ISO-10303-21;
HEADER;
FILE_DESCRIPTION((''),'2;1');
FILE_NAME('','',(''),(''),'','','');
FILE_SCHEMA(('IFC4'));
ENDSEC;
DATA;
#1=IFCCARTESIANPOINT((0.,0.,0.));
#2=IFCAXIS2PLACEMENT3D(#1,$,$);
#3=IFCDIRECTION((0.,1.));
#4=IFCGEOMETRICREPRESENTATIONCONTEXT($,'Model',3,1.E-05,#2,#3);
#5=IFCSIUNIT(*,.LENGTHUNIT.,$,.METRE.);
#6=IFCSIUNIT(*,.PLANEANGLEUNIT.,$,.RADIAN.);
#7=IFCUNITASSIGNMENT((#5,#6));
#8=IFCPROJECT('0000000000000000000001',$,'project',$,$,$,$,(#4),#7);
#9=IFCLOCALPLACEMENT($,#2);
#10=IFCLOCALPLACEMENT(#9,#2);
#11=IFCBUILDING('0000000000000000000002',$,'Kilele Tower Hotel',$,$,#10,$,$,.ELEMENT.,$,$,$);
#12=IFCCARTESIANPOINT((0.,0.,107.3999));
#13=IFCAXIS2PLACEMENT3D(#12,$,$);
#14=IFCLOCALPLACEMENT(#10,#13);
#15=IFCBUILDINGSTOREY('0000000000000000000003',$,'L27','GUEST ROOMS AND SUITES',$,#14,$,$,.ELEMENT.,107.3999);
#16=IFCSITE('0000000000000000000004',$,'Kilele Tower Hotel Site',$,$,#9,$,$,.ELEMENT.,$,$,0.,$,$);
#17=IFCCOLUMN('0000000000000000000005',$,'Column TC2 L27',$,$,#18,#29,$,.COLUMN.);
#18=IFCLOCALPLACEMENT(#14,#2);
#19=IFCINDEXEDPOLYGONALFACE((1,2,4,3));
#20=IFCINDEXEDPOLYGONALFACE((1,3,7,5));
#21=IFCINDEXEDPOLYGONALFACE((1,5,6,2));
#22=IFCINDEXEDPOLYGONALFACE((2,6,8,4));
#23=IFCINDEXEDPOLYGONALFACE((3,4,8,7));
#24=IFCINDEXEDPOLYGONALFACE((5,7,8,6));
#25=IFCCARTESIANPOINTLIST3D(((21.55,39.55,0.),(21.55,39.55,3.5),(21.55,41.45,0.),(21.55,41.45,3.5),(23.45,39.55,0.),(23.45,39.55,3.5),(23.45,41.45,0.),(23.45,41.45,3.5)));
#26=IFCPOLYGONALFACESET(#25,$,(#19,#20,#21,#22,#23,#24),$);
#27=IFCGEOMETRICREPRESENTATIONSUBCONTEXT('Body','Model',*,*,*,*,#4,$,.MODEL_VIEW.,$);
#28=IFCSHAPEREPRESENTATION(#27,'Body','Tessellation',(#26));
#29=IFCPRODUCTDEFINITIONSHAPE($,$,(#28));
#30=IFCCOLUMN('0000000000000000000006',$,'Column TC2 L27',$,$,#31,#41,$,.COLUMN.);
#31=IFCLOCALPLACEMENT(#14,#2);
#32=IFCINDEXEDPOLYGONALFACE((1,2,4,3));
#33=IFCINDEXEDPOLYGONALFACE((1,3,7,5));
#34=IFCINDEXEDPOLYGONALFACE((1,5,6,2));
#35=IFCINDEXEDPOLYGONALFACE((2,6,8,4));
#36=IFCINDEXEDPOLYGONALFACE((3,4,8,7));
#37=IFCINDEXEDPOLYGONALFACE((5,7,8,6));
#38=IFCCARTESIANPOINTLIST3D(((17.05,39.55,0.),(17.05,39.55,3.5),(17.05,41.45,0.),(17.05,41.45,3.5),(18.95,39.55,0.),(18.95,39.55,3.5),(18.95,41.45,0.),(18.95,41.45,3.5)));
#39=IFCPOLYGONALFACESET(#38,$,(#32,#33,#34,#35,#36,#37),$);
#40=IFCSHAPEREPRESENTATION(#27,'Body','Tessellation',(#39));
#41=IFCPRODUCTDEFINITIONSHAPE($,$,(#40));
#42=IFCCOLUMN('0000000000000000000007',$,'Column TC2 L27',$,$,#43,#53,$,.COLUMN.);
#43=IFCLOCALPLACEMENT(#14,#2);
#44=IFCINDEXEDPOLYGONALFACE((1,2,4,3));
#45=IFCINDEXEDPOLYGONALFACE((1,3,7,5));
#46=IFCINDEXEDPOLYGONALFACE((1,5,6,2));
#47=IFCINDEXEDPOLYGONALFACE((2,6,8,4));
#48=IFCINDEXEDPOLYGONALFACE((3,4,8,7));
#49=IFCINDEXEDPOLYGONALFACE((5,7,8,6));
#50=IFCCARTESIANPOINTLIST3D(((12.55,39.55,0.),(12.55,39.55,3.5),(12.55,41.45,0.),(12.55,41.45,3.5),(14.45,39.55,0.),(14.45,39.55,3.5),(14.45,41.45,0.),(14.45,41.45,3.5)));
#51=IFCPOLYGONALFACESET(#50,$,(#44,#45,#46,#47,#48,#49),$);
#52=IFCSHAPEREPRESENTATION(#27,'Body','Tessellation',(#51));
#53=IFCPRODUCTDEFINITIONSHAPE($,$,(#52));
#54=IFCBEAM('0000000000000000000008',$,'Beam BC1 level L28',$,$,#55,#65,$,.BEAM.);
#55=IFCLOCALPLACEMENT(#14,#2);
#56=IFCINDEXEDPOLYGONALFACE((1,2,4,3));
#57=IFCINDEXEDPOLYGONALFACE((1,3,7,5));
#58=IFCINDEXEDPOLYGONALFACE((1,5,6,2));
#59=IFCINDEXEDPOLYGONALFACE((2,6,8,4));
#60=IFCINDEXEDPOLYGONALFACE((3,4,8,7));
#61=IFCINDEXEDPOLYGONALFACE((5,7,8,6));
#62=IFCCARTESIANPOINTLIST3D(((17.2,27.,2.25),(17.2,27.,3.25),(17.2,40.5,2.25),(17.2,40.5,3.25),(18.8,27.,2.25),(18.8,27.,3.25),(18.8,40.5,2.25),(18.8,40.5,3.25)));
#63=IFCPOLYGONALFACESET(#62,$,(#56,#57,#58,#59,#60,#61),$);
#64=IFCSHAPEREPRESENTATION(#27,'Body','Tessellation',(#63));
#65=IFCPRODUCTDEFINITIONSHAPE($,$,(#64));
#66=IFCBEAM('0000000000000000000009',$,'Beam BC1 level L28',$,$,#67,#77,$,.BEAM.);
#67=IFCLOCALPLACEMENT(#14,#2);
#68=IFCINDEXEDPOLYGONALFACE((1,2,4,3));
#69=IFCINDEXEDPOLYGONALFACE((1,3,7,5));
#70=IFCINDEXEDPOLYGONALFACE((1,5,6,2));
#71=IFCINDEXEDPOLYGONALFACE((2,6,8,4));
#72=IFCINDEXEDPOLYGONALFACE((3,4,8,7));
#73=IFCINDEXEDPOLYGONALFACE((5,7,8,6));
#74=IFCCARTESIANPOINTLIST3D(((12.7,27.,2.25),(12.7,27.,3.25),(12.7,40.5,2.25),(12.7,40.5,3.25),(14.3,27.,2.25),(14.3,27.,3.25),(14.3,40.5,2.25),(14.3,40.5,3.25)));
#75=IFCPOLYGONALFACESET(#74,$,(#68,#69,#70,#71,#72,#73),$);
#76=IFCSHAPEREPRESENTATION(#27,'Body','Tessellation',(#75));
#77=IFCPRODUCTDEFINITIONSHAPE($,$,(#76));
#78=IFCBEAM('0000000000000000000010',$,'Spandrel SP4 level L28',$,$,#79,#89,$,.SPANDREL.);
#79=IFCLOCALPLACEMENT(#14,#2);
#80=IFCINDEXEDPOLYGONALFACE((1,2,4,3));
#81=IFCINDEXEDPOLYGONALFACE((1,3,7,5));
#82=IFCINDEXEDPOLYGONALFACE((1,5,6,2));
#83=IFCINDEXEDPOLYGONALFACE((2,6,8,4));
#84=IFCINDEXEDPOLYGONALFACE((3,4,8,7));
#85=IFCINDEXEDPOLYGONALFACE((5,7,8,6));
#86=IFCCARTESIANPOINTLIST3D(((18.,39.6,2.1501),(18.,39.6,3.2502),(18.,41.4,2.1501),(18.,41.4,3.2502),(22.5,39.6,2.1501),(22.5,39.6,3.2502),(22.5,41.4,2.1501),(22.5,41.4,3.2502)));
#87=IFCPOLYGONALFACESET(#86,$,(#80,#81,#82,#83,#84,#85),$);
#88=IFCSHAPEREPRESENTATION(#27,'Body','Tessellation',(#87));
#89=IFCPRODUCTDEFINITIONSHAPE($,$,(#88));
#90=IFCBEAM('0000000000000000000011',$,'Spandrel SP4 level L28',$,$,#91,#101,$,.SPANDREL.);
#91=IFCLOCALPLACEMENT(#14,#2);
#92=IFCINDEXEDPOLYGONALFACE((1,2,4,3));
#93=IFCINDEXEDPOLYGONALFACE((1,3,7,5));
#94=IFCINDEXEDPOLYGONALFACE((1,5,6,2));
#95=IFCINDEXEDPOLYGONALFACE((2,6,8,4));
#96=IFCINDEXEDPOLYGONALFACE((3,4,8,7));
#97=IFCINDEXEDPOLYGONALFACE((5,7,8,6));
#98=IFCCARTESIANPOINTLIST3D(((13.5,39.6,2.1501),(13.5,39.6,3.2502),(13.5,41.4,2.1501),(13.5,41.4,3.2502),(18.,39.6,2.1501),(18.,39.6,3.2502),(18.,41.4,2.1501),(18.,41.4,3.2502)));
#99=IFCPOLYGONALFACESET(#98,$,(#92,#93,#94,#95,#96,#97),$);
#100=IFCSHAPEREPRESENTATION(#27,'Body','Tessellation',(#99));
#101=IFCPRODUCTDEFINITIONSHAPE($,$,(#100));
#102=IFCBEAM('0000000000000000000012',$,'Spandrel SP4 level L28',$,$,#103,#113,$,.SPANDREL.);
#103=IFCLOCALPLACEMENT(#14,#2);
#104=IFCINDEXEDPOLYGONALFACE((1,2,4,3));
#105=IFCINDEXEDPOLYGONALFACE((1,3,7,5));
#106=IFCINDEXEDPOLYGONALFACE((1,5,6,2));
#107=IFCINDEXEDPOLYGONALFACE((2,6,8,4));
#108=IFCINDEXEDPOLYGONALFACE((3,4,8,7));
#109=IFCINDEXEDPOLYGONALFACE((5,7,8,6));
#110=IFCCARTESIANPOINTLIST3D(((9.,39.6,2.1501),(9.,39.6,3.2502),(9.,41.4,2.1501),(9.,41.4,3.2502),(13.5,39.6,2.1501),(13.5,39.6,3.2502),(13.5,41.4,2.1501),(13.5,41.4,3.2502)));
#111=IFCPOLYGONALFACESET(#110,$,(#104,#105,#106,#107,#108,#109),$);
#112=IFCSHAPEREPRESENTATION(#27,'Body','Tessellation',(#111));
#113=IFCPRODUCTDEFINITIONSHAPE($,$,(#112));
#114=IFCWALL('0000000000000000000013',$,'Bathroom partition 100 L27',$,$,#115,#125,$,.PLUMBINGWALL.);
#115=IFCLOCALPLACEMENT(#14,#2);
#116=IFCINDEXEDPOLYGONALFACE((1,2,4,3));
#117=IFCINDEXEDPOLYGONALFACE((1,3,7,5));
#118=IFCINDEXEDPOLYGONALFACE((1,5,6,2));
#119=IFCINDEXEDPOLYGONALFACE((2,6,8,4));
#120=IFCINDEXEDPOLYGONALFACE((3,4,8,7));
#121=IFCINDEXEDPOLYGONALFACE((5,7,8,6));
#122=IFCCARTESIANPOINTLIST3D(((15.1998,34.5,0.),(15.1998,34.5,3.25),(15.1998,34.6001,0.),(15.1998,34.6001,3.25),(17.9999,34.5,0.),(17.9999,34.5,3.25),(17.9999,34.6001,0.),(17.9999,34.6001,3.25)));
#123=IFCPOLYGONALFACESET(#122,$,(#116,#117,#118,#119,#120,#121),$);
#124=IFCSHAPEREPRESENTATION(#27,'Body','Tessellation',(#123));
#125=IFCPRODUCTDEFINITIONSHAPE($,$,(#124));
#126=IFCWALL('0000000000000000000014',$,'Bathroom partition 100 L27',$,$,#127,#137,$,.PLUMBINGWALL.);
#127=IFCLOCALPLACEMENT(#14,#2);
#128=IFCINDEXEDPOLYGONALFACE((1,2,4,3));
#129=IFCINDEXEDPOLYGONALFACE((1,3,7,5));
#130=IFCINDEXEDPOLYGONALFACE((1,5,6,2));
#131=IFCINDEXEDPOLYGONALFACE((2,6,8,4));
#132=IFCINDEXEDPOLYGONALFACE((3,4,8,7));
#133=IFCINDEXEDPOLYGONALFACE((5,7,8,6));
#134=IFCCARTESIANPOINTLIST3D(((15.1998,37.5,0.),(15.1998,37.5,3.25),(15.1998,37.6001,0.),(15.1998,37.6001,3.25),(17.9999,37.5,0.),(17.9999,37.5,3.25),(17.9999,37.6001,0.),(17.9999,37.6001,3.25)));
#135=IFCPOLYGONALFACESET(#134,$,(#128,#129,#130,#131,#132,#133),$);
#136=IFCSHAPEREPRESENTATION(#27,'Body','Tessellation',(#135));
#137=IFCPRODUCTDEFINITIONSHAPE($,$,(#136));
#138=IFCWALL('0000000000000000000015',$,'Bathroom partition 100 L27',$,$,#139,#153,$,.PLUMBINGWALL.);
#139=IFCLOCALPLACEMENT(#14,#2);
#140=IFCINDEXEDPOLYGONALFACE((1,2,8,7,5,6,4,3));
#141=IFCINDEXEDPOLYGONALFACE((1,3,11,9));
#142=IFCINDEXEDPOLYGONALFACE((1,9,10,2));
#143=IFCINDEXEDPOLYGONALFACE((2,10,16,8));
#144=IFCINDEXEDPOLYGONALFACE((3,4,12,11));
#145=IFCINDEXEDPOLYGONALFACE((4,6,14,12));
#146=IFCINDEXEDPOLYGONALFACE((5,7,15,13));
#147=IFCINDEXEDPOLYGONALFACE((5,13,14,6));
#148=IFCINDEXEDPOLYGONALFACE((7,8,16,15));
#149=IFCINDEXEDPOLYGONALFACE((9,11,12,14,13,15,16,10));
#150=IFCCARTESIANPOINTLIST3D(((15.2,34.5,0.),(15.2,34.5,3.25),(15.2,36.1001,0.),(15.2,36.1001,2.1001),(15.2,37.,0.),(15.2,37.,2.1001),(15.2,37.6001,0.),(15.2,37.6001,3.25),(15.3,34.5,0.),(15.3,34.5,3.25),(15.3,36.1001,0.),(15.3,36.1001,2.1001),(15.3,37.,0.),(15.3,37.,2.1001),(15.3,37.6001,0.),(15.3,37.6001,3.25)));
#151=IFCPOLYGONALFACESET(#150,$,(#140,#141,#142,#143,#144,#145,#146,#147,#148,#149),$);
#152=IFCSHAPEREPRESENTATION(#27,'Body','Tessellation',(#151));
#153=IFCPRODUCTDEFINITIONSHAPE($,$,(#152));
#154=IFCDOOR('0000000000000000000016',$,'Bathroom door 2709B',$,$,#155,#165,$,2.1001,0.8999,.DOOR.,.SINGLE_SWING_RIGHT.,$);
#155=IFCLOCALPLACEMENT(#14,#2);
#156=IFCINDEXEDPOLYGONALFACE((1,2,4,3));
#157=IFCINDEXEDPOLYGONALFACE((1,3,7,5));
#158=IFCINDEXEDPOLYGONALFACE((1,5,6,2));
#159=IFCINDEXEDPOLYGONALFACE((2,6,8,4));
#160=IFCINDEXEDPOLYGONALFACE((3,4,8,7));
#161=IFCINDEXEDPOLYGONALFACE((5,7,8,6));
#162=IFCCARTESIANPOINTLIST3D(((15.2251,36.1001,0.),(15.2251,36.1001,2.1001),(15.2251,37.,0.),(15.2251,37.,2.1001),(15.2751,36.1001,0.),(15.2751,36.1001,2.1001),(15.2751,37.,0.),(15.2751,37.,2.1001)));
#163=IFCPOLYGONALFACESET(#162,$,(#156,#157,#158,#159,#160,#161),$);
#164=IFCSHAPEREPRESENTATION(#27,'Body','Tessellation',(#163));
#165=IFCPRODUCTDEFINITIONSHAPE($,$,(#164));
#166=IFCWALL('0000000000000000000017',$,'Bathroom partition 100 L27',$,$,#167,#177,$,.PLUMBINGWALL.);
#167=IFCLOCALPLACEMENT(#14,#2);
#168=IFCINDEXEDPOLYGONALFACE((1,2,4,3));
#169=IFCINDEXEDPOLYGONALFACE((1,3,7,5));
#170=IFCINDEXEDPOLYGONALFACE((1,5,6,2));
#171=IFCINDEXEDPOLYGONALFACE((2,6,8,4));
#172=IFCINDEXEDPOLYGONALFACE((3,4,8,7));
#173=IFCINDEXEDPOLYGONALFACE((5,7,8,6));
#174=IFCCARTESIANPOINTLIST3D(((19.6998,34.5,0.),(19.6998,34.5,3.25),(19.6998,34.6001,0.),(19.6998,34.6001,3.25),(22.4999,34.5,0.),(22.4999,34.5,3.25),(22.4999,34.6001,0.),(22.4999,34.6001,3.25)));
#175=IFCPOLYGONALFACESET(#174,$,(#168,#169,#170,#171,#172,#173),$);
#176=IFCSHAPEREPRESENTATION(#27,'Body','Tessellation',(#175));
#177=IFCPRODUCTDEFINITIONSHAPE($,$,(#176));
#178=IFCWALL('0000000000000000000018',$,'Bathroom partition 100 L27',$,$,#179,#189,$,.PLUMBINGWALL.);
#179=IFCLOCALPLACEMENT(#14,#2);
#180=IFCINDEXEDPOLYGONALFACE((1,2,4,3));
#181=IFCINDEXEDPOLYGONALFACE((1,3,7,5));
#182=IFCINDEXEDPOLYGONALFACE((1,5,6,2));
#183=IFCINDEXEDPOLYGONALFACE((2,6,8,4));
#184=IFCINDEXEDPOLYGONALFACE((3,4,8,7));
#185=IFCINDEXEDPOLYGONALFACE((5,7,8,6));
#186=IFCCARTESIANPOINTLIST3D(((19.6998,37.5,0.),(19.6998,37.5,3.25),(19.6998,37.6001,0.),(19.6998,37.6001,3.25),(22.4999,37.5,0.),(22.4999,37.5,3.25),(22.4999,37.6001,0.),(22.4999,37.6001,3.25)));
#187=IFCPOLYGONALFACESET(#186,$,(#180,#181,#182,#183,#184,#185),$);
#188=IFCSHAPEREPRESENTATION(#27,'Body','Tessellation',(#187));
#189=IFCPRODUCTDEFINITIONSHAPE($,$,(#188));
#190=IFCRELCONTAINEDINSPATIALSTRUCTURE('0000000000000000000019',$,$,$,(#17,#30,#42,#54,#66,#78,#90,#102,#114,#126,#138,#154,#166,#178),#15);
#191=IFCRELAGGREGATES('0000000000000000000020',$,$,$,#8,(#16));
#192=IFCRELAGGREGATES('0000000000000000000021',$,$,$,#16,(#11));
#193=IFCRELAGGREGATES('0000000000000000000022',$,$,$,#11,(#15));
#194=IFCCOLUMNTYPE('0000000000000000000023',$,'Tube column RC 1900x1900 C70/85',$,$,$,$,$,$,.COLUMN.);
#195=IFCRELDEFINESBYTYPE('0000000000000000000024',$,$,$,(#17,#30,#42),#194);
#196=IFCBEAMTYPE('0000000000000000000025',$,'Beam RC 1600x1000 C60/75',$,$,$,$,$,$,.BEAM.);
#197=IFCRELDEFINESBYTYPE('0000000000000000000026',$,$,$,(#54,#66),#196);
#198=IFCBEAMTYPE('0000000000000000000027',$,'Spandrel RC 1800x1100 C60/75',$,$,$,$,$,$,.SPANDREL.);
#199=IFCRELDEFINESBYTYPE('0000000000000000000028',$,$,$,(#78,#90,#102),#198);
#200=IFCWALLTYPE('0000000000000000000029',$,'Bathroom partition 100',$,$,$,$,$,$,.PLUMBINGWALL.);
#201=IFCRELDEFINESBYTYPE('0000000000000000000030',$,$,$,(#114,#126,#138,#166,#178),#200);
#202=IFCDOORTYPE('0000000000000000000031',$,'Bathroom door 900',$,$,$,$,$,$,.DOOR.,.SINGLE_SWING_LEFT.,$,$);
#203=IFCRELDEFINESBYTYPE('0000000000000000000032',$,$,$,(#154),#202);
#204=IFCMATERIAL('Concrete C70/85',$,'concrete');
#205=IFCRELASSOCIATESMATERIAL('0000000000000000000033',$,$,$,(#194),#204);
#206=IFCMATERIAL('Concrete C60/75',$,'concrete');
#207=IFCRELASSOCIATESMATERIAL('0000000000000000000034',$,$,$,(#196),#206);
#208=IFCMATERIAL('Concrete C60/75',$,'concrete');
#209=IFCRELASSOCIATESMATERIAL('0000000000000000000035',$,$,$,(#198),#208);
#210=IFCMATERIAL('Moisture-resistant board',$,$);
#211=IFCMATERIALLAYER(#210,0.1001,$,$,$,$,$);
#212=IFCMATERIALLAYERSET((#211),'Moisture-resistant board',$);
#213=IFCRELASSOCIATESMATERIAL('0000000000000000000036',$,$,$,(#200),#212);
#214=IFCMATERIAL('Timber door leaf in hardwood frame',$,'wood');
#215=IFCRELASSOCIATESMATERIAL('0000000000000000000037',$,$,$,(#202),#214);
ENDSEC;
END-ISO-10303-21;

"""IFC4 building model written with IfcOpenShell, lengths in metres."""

from ifc_helpers import new_model, si_unit, direction, frame, frame_2d, origin, origin_2d, place, context, subcontext, project, spatial, rectangle, extrude, material, layer, layer_set, material_profile, profile_set, type_object, element, fill, save


model = new_model("IFC4")

# Units and contexts
model_context = context("Model", 3, precision=1e-05, world=origin(), true_north=direction((0.0, 1.0)))
body_context = subcontext(model_context, "Body", "Model", "MODEL_VIEW")
ifc_project = project(units=[si_unit("LENGTHUNIT", "METRE"), si_unit("PLANEANGLEUNIT", "RADIAN")], contexts=[model_context])

# Site, building, storey
site_placement = place(None, origin())
site = spatial("IfcSite", under=ifc_project, at=site_placement, Name="Kilele Tower Hotel Site", CompositionType="ELEMENT", RefElevation=0.0)
building_placement = place(site_placement, origin())
building = spatial("IfcBuilding", under=site, at=building_placement, Name="Kilele Tower Hotel", CompositionType="ELEMENT")
storey_placement = place(building_placement, frame((0.0, 0.0, 107.3999)))
storey = spatial("IfcBuildingStorey", under=building, at=storey_placement, Name="L27", Description="GUEST ROOMS AND SUITES", CompositionType="ELEMENT", Elevation=107.3999)

# Columns
ifc_material_1 = material(Name="Concrete C70/85", Category="concrete")
ifc_material_profile_1 = material_profile(ifc_material_1, rectangle(XDim=1.8999, YDim=1.8999, at=origin_2d()))
ifc_profile_set_1 = profile_set([ifc_material_profile_1], Name="Concrete C70/85")
column_type = type_object("IfcColumnType", Name="Tube column RC 1900x1900 C70/85", PredefinedType="COLUMN", material=ifc_profile_set_1)
for number, where, z_axis, x_axis, name in (
    (1, (22.5, 40.5, 0.0), (0.0, 0.0, 1.0), (1.0, 0.0, 0.0), "Column TC2 L27"),
    (2, (18.0, 40.5, 0.0), (0.0, 0.0, 1.0), (1.0, 0.0, 0.0), "Column TC2 L27"),
    (3, (13.5, 40.5, 0.0), (0.0, 0.0, 1.0), (1.0, 0.0, 0.0), "Column TC2 L27"),
):
    element("IfcColumn", number, at=place(storey_placement, frame(where, z_axis=z_axis, x_axis=x_axis)), inside=storey, type_object=column_type, Name=name, PredefinedType="COLUMN", context=body_context, shape_type="SweptSolid", body=[
        extrude(rectangle(XDim=1.8999, YDim=1.8999, at=origin_2d()), origin(), (0.0, 0.0, 1.0), 3.5),
    ])

# Beams
ifc_material_2 = material(Name="Concrete C60/75", Category="concrete")
ifc_material_profile_2 = material_profile(ifc_material_2, rectangle(XDim=1.6001, YDim=1.0, at=origin_2d()))
ifc_profile_set_2 = profile_set([ifc_material_profile_2], Name="Concrete C60/75")
beam_type_1 = type_object("IfcBeamType", Name="Beam RC 1600x1000 C60/75", PredefinedType="BEAM", material=ifc_profile_set_2)
for number, where, z_axis, x_axis, name in (
    (4, (18.0, 40.5, 2.75), (0.0, -1.0, 0.0), (1.0, 0.0, 0.0), "Beam BC1 level L28"),
    (5, (13.5, 40.5, 2.75), (0.0, -1.0, 0.0), (1.0, 0.0, 0.0), "Beam BC1 level L28"),
):
    element("IfcBeam", number, at=place(storey_placement, frame(where, z_axis=z_axis, x_axis=x_axis)), inside=storey, type_object=beam_type_1, Name=name, PredefinedType="BEAM", context=body_context, shape_type="SweptSolid", body=[
        extrude(rectangle(XDim=1.6001, YDim=1.0, at=origin_2d()), origin(), (0.0, 0.0, 1.0), 13.5),
    ])
ifc_material_3 = material(Name="Concrete C60/75", Category="concrete")
ifc_material_profile_3 = material_profile(ifc_material_3, rectangle(XDim=1.8, YDim=1.1001, at=origin_2d()))
ifc_profile_set_3 = profile_set([ifc_material_profile_3], Name="Concrete C60/75")
beam_type_2 = type_object("IfcBeamType", Name="Spandrel RC 1800x1100 C60/75", PredefinedType="SPANDREL", material=ifc_profile_set_3)
for number, where, z_axis, x_axis, name in (
    (6, (22.5, 40.5, 2.7002), (-1.0, 0.0, 0.0), (0.0, -1.0, 0.0), "Spandrel SP4 level L28"),
    (7, (18.0, 40.5, 2.7002), (-1.0, 0.0, 0.0), (0.0, -1.0, 0.0), "Spandrel SP4 level L28"),
    (8, (13.5, 40.5, 2.7002), (-1.0, 0.0, 0.0), (0.0, -1.0, 0.0), "Spandrel SP4 level L28"),
):
    element("IfcBeam", number, at=place(storey_placement, frame(where, z_axis=z_axis, x_axis=x_axis)), inside=storey, type_object=beam_type_2, Name=name, PredefinedType="SPANDREL", context=body_context, shape_type="SweptSolid", body=[
        extrude(rectangle(XDim=1.8, YDim=1.1001, at=origin_2d()), origin(), (0.0, 0.0, 1.0), 4.5),
    ])

# Walls
ifc_material_4 = material(Name="Moisture-resistant board")
ifc_layer_1 = layer(ifc_material_4, 0.1001)
ifc_layer_set_1 = layer_set([ifc_layer_1], Name="Moisture-resistant board")
wall_type_1 = type_object("IfcWallType", Name="Bathroom partition 100", PredefinedType="PLUMBINGWALL", material=ifc_layer_set_1)
for number, where, z_axis, x_axis, name in (
    (9, (15.2, 34.55, 0.0), (0.0, 0.0, 1.0), (1.0, 0.0, 0.0), "Bathroom partition 100 L27"),
    (10, (15.2, 37.55, 0.0), (0.0, 0.0, 1.0), (1.0, 0.0, 0.0), "Bathroom partition 100 L27"),
):
    element("IfcWall", number, at=place(storey_placement, frame(where, z_axis=z_axis, x_axis=x_axis)), inside=storey, type_object=wall_type_1, Name=name, PredefinedType="PLUMBINGWALL", context=body_context, shape_type="SweptSolid", body=[
        extrude(rectangle(XDim=2.8, YDim=0.1001, at=frame_2d((1.3999, 0.0))), origin(), (0.0, 0.0, 1.0), 3.25),
    ])

# Wall, opening, door
wall_1_placement = place(storey_placement, frame((15.25, 34.5, 0.0), z_axis=(0.0, 0.0, 1.0), x_axis=(0.0, 1.0, 0.0)))
wall_1 = element("IfcWall", 11, at=wall_1_placement, inside=storey, type_object=wall_type_1, Name="Bathroom partition 100 L27", PredefinedType="PLUMBINGWALL", context=body_context, shape_type="SweptSolid", body=[
    extrude(rectangle(XDim=3.1001, YDim=0.1001, at=frame_2d((1.55, 0.0))), origin(), (0.0, 0.0, 1.0), 3.25),
])
opening_1_placement = place(wall_1_placement, frame((1.6001, 0.0, 0.0)))
opening_1 = element("IfcOpeningElement", 12, at=opening_1_placement, cuts=wall_1, PredefinedType="OPENING", context=body_context, shape_type="SweptSolid", body=[
    extrude(rectangle(XDim=0.8999, YDim=2.1001, at=frame_2d((0.45, 1.05))), frame((0.0, 0.0601, 0.0), z_axis=(0.0, -1.0, 0.0), x_axis=(1.0, 0.0, 0.0)), (0.0, 0.0, 1.0), 0.1201),
])
ifc_material_5 = material(Name="Timber door leaf in hardwood frame", Category="wood")
door_type_1 = type_object("IfcDoorType", Name="Bathroom door 900", OperationType="SINGLE_SWING_LEFT", PredefinedType="DOOR", material=ifc_material_5)
door_1_placement = place(opening_1_placement, origin())
door_1 = element("IfcDoor", 13, at=door_1_placement, inside=storey, type_object=door_type_1, Name="Bathroom door 2709B", OperationType="SINGLE_SWING_RIGHT", OverallHeight=2.1001, OverallWidth=0.8999, PredefinedType="DOOR", context=body_context, shape_type="SweptSolid", body=[
    extrude(rectangle(XDim=0.8999, YDim=2.1001, at=frame_2d((0.45, 1.05))), frame((0.0, 0.0249, 0.0), z_axis=(0.0, -1.0, 0.0), x_axis=(1.0, 0.0, 0.0)), (0.0, 0.0, 1.0), 0.05),
])
fill(opening_1, door_1)

# Walls
for number, where, z_axis, x_axis, name in (
    (14, (19.7, 34.55, 0.0), (0.0, 0.0, 1.0), (1.0, 0.0, 0.0), "Bathroom partition 100 L27"),
    (15, (19.7, 37.55, 0.0), (0.0, 0.0, 1.0), (1.0, 0.0, 0.0), "Bathroom partition 100 L27"),
):
    element("IfcWall", number, at=place(storey_placement, frame(where, z_axis=z_axis, x_axis=x_axis)), inside=storey, type_object=wall_type_1, Name=name, PredefinedType="PLUMBINGWALL", context=body_context, shape_type="SweptSolid", body=[
        extrude(rectangle(XDim=2.8, YDim=0.1001, at=frame_2d((1.3999, 0.0))), origin(), (0.0, 0.0, 1.0), 3.25),
    ])

save(model, "model.ifc")
